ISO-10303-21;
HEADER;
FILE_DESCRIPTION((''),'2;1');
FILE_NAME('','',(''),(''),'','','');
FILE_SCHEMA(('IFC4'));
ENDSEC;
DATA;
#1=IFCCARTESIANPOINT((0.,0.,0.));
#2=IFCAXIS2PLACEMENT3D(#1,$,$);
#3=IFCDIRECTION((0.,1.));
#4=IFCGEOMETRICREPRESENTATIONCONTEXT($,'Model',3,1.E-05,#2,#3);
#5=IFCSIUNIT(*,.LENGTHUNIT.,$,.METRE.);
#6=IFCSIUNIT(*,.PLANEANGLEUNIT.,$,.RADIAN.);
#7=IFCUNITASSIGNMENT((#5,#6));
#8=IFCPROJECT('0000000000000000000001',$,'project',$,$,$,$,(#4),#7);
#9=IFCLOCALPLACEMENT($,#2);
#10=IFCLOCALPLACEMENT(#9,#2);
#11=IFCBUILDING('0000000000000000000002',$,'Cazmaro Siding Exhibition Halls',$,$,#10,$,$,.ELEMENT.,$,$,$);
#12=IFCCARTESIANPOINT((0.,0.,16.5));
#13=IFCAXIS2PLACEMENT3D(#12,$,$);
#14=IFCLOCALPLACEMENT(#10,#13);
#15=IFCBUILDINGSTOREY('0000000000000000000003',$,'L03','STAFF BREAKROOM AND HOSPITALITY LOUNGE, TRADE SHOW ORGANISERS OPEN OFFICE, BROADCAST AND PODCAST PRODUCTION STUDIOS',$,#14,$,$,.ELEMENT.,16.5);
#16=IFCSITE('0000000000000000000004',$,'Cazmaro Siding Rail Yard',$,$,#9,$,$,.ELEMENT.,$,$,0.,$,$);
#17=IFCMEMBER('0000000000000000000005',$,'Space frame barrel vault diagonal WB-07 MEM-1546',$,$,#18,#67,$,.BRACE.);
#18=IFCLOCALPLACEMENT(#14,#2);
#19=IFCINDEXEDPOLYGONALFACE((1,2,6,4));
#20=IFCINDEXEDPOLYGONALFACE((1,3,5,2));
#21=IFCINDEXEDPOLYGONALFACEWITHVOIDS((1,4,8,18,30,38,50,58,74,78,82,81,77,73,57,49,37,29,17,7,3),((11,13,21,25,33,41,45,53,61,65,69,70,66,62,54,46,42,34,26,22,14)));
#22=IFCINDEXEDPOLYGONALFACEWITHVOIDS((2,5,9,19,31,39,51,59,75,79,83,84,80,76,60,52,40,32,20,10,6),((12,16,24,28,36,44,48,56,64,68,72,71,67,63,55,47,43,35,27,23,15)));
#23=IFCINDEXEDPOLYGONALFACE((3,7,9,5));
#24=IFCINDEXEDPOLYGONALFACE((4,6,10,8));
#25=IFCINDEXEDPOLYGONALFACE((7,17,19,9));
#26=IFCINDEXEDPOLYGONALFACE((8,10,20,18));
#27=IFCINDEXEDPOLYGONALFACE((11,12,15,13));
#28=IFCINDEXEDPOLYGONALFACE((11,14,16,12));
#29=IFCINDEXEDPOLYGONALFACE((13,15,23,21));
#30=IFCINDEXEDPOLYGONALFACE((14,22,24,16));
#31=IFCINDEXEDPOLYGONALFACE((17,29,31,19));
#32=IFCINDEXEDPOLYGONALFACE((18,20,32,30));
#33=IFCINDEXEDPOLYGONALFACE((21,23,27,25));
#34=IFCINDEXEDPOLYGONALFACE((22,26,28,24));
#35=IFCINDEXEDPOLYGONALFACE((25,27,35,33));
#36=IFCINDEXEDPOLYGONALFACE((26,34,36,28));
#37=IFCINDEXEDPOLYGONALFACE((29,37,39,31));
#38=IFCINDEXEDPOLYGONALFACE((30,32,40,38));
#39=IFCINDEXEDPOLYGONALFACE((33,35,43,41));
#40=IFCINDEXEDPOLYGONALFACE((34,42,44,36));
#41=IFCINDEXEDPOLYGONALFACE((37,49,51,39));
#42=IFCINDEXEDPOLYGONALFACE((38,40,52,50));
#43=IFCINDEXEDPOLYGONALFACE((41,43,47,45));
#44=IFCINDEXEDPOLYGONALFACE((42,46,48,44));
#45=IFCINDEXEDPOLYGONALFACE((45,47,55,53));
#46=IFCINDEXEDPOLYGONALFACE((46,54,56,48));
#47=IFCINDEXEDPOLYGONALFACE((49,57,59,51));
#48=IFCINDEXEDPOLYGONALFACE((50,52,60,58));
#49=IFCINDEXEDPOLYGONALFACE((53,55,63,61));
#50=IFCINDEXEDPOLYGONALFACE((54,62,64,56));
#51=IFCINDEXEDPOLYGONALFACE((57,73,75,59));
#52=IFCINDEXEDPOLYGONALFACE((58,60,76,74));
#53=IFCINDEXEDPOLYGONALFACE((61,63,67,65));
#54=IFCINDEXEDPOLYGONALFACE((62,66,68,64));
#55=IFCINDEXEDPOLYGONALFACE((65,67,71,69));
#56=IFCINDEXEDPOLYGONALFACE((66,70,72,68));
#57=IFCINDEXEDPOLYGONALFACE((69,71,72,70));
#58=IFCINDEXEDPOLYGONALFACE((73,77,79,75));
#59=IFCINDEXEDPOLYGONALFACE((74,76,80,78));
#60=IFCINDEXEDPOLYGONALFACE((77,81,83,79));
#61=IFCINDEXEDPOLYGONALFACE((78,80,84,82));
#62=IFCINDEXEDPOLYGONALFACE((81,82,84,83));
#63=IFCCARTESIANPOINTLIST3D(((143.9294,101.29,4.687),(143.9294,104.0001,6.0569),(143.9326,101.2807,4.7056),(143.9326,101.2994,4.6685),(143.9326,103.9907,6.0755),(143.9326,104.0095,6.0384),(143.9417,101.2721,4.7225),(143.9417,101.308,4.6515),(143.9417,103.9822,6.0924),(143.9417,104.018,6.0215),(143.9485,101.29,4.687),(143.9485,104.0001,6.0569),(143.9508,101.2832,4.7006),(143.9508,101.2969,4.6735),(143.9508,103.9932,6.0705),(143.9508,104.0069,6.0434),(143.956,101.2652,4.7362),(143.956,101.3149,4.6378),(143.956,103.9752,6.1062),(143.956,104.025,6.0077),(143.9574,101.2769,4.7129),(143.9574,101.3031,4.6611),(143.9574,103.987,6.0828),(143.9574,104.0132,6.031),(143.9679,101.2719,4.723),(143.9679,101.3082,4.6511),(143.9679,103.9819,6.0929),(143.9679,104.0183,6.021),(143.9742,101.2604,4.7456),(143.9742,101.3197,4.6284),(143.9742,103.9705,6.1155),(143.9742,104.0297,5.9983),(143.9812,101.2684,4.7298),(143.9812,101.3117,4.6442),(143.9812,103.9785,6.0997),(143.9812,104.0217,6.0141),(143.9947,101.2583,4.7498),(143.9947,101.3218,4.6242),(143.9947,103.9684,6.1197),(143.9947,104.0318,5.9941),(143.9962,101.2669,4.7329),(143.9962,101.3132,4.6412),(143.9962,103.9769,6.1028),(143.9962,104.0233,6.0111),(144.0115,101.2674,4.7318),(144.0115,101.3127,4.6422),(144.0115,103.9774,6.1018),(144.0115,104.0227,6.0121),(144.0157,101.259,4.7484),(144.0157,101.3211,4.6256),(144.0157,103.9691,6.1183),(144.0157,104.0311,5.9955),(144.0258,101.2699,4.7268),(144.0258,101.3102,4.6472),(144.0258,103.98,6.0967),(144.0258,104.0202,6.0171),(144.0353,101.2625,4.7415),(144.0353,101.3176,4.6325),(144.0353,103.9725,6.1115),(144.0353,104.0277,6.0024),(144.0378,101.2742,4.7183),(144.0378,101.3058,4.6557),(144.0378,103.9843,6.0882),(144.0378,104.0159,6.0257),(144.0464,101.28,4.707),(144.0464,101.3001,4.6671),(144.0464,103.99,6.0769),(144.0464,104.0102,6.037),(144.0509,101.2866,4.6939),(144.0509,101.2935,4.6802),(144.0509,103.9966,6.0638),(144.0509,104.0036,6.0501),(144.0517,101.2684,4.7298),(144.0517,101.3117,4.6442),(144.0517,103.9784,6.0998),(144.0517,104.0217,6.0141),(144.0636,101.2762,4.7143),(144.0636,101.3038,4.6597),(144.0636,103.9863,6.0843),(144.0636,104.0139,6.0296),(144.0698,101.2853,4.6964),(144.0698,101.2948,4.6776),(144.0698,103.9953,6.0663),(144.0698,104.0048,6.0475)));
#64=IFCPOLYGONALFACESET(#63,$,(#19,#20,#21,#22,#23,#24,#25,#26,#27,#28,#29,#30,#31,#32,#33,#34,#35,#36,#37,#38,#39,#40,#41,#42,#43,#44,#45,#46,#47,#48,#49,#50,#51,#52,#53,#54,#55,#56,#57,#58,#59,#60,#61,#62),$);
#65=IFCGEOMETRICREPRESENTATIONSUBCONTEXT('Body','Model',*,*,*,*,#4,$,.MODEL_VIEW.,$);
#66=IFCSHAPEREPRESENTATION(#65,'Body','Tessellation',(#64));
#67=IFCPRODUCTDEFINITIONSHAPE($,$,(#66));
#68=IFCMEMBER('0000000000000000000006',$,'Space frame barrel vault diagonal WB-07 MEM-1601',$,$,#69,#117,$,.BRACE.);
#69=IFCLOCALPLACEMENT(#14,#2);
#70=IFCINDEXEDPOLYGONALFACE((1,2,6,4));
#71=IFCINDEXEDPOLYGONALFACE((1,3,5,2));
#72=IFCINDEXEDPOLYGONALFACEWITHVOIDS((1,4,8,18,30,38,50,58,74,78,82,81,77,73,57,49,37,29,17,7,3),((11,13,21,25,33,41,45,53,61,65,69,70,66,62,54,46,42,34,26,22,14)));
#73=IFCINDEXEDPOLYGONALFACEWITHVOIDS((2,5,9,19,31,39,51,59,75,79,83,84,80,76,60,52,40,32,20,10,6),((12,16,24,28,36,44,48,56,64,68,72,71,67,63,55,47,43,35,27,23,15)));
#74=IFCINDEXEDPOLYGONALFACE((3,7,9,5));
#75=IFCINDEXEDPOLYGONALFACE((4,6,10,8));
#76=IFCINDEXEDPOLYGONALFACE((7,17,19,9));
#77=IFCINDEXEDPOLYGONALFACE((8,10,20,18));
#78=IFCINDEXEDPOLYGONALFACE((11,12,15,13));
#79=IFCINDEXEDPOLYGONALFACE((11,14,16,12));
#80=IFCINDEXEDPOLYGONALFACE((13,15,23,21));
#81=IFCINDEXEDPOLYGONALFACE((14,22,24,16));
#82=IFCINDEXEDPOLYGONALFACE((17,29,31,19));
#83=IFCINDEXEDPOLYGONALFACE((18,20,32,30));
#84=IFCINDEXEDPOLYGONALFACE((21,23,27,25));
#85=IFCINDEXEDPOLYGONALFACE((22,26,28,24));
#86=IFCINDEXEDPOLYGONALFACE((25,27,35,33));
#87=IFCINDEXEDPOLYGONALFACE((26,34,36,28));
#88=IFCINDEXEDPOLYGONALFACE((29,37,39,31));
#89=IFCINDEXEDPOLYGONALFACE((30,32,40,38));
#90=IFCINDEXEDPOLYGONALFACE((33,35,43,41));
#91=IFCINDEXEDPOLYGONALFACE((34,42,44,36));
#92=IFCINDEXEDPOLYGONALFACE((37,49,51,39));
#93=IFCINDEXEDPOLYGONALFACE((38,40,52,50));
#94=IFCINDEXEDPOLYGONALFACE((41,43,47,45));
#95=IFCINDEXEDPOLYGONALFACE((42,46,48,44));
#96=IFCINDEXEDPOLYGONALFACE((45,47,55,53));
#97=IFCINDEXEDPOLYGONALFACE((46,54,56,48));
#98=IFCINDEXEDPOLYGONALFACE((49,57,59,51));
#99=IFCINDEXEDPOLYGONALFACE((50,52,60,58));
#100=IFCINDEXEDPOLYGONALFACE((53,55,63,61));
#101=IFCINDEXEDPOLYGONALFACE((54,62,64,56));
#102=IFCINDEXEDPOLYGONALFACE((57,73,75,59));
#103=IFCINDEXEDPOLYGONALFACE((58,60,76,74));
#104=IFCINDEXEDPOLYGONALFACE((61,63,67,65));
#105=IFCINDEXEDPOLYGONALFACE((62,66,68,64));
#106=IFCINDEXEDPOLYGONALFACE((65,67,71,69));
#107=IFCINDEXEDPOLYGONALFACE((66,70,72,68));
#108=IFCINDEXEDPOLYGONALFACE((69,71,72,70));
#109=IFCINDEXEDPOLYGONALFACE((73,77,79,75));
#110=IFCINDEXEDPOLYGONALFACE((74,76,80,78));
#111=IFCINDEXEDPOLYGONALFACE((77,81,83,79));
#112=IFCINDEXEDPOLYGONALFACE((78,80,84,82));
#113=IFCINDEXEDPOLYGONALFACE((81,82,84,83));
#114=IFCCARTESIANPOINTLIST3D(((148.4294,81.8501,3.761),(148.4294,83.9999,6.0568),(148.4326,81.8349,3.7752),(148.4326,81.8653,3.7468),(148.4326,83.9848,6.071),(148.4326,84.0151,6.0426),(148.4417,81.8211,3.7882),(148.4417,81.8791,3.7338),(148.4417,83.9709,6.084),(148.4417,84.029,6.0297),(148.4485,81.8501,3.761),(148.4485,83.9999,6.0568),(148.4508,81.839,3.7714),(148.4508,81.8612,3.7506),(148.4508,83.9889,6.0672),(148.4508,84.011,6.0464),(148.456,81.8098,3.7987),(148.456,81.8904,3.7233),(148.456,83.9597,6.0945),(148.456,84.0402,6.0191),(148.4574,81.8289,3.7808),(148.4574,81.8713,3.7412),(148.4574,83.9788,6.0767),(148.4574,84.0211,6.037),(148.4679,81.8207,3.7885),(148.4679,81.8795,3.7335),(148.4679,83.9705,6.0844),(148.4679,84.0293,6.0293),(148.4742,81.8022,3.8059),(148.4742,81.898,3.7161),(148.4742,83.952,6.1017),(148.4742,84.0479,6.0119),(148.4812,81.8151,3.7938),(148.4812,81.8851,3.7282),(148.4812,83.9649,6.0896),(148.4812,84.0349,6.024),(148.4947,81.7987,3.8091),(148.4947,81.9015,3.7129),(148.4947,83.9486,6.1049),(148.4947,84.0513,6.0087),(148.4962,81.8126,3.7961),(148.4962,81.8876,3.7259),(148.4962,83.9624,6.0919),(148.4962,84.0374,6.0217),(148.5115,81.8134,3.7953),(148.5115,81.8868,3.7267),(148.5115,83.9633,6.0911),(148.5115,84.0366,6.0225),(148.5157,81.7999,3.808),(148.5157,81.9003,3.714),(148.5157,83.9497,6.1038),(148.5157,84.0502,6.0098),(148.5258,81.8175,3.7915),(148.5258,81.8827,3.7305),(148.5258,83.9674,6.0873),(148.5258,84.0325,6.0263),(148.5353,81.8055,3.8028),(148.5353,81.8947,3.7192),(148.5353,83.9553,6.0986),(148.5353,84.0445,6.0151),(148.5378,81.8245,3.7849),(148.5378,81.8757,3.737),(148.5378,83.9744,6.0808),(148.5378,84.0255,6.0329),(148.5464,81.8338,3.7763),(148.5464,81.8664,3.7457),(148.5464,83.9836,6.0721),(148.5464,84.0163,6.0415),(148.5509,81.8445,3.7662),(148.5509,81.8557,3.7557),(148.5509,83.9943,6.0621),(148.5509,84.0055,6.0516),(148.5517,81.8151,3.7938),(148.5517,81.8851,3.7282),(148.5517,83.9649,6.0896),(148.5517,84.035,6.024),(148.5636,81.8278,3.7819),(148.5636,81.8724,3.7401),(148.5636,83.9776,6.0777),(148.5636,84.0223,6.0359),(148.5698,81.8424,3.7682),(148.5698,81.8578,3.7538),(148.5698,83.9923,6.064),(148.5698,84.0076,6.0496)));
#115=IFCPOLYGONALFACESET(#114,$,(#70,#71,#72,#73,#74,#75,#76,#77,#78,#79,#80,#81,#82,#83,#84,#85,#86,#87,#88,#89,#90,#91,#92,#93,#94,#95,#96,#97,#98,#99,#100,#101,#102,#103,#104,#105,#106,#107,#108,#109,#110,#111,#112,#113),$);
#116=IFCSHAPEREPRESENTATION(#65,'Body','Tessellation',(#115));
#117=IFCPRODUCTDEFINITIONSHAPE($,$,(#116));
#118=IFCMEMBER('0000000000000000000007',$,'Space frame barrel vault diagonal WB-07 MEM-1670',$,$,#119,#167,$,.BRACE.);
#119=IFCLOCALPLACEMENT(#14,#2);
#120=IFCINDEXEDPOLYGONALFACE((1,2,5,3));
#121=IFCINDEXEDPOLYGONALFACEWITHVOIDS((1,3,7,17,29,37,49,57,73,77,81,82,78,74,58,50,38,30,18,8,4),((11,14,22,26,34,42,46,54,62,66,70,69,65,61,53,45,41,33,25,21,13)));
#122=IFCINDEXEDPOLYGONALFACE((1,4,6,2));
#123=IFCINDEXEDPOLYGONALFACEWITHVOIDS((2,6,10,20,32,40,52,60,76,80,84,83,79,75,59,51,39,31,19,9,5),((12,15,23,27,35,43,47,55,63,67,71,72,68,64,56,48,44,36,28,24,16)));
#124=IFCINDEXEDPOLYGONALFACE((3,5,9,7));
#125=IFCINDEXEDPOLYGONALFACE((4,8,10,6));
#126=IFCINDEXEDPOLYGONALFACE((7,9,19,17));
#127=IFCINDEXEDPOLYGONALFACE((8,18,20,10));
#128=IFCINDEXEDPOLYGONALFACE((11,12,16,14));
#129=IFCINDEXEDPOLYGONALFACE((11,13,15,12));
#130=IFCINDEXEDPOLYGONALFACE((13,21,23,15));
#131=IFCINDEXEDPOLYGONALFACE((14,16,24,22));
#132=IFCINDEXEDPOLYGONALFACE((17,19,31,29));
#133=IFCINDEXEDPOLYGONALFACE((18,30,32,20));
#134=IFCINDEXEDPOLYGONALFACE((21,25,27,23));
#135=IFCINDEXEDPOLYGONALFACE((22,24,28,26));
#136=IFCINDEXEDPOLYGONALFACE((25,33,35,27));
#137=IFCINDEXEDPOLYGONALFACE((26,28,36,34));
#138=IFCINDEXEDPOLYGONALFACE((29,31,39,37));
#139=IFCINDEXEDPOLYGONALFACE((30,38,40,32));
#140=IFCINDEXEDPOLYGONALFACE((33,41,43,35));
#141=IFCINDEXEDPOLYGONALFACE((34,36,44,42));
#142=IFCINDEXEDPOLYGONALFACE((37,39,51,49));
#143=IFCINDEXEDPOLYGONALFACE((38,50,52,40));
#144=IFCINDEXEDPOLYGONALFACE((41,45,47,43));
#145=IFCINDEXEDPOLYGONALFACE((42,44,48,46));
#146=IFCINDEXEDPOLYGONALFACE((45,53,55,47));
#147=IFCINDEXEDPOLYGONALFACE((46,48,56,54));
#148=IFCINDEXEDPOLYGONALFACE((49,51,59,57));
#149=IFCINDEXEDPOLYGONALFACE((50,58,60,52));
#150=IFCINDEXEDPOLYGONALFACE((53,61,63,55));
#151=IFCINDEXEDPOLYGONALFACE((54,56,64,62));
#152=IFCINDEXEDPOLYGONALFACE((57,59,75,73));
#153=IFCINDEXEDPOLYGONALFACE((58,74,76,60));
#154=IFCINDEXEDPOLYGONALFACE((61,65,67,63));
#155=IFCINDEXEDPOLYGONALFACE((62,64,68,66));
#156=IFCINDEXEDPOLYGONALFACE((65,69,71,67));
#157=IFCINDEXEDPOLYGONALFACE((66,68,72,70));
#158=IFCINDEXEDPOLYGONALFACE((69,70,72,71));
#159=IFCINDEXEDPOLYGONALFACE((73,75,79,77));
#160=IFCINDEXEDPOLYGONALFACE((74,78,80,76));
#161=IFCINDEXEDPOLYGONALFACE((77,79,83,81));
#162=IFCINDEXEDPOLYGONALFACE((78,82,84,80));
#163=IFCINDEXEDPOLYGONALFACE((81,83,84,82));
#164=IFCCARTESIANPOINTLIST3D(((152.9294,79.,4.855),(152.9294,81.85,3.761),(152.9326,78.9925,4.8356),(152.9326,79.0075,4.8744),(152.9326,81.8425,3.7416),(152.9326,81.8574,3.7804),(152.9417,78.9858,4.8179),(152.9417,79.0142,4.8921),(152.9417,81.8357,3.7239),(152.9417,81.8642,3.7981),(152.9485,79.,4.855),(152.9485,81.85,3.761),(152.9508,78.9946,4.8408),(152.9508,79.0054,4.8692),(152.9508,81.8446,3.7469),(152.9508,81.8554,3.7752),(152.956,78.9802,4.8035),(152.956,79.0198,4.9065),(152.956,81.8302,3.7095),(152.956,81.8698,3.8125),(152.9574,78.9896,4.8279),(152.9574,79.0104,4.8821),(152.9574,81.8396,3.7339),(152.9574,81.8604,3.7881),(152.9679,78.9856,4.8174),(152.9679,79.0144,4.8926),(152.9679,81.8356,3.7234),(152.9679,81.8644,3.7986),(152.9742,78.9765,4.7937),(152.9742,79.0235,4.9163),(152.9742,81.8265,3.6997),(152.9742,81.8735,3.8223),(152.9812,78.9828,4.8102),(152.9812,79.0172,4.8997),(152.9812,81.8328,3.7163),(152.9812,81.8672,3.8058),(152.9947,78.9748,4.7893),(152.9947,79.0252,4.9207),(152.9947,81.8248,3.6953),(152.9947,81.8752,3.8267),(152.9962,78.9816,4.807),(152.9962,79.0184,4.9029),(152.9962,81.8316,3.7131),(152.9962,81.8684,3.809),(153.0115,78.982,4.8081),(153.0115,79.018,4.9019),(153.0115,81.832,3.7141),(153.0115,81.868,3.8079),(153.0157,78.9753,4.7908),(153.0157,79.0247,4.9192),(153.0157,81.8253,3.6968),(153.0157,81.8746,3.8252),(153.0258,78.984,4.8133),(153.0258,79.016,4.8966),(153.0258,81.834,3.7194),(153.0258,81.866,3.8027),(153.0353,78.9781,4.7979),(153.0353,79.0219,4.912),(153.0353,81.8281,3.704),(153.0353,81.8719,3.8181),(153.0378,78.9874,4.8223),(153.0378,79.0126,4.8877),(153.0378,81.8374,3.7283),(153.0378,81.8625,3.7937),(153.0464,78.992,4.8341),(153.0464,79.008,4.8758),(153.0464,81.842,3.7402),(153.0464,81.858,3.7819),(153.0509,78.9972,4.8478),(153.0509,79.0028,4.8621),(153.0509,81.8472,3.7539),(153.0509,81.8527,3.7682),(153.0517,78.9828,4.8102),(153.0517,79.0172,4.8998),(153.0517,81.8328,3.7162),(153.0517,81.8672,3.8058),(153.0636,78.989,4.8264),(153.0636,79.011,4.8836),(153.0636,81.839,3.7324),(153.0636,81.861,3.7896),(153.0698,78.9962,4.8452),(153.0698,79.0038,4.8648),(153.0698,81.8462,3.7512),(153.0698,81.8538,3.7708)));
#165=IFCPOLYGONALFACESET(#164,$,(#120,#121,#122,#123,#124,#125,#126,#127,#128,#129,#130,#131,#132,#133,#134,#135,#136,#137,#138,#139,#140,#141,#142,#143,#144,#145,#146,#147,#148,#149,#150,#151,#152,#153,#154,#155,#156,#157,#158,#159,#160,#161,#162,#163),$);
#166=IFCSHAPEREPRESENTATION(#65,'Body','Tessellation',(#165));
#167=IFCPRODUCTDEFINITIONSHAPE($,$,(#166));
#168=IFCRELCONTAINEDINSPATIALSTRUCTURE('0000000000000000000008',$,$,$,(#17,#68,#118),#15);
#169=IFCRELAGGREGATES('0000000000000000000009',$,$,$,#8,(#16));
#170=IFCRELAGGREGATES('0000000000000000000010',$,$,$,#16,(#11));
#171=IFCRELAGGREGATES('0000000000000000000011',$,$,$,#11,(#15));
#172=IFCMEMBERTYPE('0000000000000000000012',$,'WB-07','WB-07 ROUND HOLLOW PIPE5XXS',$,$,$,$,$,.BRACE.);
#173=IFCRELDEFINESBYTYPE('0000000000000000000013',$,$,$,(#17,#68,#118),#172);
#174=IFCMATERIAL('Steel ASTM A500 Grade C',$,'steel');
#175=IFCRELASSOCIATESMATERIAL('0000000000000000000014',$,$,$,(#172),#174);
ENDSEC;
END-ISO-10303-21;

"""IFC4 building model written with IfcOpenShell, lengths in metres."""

from ifc_helpers import new_model, si_unit, direction, frame, origin, origin_2d, place, context, subcontext, project, spatial, hollow_circle, extrude, material, material_profile, profile_set, type_object, element, save


model = new_model("IFC4")

# Units and contexts
model_context = context("Model", 3, precision=1e-05, world=origin(), true_north=direction((0.0, 1.0)))
body_context = subcontext(model_context, "Body", "Model", "MODEL_VIEW")
ifc_project = project(units=[si_unit("LENGTHUNIT", "METRE"), si_unit("PLANEANGLEUNIT", "RADIAN")], contexts=[model_context])

# Site, building, storey
site_placement = place(None, origin())
site = spatial("IfcSite", under=ifc_project, at=site_placement, Name="Cazmaro Siding Rail Yard", CompositionType="ELEMENT", RefElevation=0.0)
building_placement = place(site_placement, origin())
building = spatial("IfcBuilding", under=site, at=building_placement, Name="Cazmaro Siding Exhibition Halls", CompositionType="ELEMENT")
storey_placement = place(building_placement, frame((0.0, 0.0, 16.5)))
storey = spatial("IfcBuildingStorey", under=building, at=storey_placement, Name="L03", Description="STAFF BREAKROOM AND HOSPITALITY LOUNGE, TRADE SHOW ORGANISERS OPEN OFFICE, BROADCAST AND PODCAST PRODUCTION STUDIOS", CompositionType="ELEMENT", Elevation=16.5)

# Members
ifc_material_1 = material(Name="Steel ASTM A500 Grade C", Category="steel")
ifc_material_profile_1 = material_profile(ifc_material_1, hollow_circle(Radius=0.0706, WallThickness=0.019, at=origin_2d()), Name="PIPE5XXS")
ifc_profile_set_1 = profile_set([ifc_material_profile_1], Name="Steel ASTM A500 Grade C")
member_type_1 = type_object("IfcMemberType", Name="WB-07", Description="WB-07 ROUND HOLLOW PIPE5XXS", PredefinedType="BRACE", material=ifc_profile_set_1)
member_1_placement = place(storey_placement, frame((144.0, 101.29, 4.687), z_axis=(0.0, 0.892457, 0.451133), x_axis=(-1.0, 0.0, 0.0)))
element("IfcMember", 1, at=member_1_placement, inside=storey, type_object=member_type_1, Name="Space frame barrel vault diagonal WB-07 MEM-1546", PredefinedType="BRACE", context=body_context, shape_type="SweptSolid", body=[
    extrude(hollow_circle(Radius=0.0706, WallThickness=0.019, at=origin_2d()), origin(), (0.0, 0.0, 1.0), 3.0366),
])
member_2_placement = place(storey_placement, frame((148.5, 81.8501, 3.761), z_axis=(0.0, 0.683518, 0.729934), x_axis=(-1.0, 0.0, 0.0)))
element("IfcMember", 2, at=member_2_placement, inside=storey, type_object=member_type_1, Name="Space frame barrel vault diagonal WB-07 MEM-1601", PredefinedType="BRACE", context=body_context, shape_type="SweptSolid", body=[
    extrude(hollow_circle(Radius=0.0706, WallThickness=0.019, at=origin_2d()), origin(), (0.0, 0.0, 1.0), 3.1453),
])
member_3_placement = place(storey_placement, frame((153.0, 79.0, 4.855), z_axis=(0.0, 0.933587, -0.358352), x_axis=(-1.0, 0.0, 0.0)))
element("IfcMember", 3, at=member_3_placement, inside=storey, type_object=member_type_1, Name="Space frame barrel vault diagonal WB-07 MEM-1670", PredefinedType="BRACE", context=body_context, shape_type="SweptSolid", body=[
    extrude(hollow_circle(Radius=0.0706, WallThickness=0.019, at=origin_2d()), origin(), (0.0, 0.0, 1.0), 3.0527),
])

save(model, "model.ifc")
